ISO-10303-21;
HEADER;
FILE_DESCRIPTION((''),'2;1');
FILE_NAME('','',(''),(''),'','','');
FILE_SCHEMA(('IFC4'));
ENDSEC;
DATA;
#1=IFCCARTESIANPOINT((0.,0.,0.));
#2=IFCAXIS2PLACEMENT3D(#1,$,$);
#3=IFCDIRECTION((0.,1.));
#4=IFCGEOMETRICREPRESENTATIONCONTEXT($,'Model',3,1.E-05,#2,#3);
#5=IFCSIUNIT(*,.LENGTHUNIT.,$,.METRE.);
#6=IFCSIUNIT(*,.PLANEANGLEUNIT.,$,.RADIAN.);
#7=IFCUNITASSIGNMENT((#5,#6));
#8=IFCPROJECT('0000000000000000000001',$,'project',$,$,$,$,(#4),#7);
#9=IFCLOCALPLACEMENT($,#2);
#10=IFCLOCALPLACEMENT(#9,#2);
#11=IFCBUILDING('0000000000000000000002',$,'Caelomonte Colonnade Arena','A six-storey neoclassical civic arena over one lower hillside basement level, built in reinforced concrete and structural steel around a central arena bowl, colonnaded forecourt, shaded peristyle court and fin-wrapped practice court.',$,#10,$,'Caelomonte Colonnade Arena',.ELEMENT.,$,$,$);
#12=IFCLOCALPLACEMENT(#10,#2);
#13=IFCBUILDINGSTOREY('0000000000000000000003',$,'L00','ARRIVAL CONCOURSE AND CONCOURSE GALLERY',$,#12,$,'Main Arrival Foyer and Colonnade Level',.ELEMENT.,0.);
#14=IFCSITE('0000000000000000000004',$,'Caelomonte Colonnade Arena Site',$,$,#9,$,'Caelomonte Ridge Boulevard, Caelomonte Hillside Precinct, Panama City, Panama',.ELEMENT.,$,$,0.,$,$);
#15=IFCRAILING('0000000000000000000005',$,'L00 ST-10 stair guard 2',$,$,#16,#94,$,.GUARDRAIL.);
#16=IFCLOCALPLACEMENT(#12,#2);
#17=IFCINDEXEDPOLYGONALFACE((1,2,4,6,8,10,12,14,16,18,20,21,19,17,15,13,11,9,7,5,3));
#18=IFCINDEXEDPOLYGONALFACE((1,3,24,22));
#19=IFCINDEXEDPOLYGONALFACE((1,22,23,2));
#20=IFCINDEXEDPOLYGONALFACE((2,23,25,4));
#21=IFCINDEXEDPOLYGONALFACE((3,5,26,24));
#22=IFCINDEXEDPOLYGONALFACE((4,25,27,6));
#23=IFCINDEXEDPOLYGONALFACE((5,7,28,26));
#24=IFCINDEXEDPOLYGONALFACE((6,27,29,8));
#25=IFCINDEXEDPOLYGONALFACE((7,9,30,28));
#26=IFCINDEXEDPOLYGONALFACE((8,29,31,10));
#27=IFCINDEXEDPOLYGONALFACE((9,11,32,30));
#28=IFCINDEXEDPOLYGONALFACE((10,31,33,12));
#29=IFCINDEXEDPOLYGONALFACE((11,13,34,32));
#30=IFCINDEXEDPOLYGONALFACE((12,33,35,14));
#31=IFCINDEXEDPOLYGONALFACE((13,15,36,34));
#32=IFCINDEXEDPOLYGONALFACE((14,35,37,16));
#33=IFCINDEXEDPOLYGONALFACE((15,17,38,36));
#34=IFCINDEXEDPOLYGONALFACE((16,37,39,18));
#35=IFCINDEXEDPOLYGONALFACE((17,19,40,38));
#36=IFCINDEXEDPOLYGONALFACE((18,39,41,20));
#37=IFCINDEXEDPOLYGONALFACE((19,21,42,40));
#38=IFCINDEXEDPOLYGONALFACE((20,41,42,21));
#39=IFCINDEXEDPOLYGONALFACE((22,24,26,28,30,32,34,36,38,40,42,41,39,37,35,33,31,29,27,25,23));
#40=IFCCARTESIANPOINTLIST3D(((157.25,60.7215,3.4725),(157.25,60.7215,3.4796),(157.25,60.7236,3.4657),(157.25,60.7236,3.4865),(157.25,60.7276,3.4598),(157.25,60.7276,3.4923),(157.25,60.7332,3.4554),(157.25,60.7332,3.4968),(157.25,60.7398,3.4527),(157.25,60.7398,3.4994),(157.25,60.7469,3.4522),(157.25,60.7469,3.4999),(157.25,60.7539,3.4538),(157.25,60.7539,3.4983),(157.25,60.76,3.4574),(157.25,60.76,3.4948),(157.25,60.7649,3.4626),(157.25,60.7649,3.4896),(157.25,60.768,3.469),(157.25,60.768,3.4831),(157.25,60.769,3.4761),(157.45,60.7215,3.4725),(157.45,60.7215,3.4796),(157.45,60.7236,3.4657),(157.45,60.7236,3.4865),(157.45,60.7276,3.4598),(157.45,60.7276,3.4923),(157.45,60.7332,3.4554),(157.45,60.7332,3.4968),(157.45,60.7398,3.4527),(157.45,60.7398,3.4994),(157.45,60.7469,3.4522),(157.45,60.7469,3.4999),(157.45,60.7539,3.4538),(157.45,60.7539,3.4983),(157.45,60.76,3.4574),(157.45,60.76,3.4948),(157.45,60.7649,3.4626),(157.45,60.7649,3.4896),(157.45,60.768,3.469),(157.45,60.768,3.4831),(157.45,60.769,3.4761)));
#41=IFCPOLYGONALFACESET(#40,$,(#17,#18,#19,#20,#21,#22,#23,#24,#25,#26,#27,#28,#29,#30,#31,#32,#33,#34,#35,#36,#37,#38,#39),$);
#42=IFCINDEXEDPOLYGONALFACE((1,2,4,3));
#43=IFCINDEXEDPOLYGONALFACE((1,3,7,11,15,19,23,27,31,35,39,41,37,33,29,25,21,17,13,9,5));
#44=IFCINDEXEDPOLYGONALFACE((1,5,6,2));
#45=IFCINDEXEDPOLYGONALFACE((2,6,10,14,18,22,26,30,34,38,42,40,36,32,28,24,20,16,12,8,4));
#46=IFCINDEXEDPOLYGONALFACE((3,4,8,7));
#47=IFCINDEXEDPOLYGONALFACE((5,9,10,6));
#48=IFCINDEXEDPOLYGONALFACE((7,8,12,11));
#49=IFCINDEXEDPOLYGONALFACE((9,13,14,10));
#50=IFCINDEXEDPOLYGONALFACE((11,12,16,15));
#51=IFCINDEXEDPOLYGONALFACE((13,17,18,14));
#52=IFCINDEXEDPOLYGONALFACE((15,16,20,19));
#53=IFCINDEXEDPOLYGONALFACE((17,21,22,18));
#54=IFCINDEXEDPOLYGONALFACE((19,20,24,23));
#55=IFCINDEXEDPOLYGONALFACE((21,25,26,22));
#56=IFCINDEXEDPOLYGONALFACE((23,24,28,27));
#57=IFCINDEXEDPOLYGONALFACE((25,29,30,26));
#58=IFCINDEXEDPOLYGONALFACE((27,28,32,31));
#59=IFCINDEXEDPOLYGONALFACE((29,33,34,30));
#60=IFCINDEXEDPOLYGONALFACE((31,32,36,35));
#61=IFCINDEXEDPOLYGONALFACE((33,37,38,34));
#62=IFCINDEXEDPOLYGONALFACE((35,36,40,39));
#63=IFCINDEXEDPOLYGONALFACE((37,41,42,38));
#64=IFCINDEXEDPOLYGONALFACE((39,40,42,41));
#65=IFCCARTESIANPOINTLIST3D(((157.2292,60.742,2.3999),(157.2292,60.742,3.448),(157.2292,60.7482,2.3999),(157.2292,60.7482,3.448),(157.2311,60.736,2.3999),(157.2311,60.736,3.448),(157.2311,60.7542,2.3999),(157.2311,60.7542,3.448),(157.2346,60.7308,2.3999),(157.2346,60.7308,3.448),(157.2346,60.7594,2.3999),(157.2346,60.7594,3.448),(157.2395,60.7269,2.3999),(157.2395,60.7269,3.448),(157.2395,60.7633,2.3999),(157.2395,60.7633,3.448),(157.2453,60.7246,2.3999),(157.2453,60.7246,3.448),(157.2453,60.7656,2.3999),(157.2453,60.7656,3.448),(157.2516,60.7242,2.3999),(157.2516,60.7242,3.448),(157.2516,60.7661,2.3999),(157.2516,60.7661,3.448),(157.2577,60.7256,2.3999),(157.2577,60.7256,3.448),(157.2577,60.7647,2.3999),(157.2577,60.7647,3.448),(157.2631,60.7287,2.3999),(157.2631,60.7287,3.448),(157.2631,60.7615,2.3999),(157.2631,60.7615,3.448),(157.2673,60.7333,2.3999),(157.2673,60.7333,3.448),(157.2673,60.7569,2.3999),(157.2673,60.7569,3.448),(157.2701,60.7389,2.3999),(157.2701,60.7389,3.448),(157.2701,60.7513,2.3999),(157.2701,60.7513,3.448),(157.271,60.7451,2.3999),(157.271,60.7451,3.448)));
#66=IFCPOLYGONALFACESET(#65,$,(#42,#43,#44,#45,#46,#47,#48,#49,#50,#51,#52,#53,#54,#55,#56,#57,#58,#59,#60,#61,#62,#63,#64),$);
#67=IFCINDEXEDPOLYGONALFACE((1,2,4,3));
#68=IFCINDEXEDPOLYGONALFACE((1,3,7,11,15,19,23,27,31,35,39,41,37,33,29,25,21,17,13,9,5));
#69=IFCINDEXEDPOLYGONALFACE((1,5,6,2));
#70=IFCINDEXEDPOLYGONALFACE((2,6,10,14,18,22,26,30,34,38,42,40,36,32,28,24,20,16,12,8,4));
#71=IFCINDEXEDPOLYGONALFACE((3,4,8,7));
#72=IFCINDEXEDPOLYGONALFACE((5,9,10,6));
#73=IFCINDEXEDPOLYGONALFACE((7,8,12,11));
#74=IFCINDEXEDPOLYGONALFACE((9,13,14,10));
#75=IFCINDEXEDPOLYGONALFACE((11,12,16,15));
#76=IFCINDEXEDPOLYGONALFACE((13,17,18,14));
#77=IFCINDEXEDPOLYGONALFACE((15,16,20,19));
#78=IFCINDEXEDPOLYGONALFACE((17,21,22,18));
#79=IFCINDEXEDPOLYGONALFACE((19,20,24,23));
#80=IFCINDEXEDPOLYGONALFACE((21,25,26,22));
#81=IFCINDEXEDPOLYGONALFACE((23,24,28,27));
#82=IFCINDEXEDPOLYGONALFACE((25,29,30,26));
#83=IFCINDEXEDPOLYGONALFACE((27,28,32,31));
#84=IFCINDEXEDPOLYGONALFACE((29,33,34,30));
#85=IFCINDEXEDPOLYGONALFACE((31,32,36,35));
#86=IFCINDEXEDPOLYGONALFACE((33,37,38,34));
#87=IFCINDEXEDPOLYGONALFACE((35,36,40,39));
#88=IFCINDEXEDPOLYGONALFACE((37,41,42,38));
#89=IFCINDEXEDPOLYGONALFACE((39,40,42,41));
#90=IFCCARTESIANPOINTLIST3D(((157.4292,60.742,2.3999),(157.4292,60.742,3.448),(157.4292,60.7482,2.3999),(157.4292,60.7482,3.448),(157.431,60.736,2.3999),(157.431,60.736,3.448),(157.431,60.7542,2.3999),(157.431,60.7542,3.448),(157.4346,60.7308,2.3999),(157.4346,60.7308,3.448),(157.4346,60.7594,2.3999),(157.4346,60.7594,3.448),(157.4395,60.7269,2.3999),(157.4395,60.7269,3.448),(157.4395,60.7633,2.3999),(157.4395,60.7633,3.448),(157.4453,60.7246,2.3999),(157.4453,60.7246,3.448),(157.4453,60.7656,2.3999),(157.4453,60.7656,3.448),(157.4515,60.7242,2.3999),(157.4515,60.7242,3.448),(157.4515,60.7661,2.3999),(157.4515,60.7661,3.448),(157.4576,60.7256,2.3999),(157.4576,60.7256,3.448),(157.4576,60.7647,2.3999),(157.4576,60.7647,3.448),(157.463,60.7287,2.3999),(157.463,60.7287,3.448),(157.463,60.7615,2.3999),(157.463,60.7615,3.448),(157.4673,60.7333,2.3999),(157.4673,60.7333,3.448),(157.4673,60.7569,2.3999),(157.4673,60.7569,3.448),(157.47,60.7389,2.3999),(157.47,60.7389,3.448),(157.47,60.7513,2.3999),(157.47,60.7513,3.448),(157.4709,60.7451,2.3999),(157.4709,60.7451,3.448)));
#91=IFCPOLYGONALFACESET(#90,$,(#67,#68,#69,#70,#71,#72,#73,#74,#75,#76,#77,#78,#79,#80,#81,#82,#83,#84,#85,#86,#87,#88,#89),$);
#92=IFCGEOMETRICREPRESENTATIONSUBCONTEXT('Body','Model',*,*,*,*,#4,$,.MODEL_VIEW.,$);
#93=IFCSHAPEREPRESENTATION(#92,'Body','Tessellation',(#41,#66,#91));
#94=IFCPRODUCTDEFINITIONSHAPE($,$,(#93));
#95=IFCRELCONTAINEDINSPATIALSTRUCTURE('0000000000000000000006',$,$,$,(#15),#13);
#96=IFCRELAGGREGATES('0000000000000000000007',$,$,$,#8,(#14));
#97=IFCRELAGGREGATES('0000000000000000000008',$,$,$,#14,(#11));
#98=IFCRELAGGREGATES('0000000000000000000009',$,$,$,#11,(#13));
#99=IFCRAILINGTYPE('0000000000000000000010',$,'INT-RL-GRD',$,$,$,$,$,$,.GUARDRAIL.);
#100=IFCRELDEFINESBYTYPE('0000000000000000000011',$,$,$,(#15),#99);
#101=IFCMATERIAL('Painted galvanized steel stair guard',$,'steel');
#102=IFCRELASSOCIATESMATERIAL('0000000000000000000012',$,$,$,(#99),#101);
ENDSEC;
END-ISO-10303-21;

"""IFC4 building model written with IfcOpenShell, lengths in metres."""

from ifc_helpers import new_model, si_unit, direction, frame, origin, origin_2d, place, context, subcontext, project, spatial, circle, extrude, material, type_object, element, save


model = new_model("IFC4")

# Units and contexts
model_context = context("Model", 3, precision=1e-05, world=origin(), true_north=direction((0.0, 1.0)))
body_context = subcontext(model_context, "Body", "Model", "MODEL_VIEW")
ifc_project = project(units=[si_unit("LENGTHUNIT", "METRE"), si_unit("PLANEANGLEUNIT", "RADIAN")], contexts=[model_context])

# Site, building, storey
site_placement = place(None, origin())
site = spatial("IfcSite", under=ifc_project, at=site_placement, Name="Caelomonte Colonnade Arena Site", LongName="Caelomonte Ridge Boulevard, Caelomonte Hillside Precinct, Panama City, Panama", CompositionType="ELEMENT", RefElevation=0.0)
building_placement = place(site_placement, origin())
building = spatial("IfcBuilding", under=site, at=building_placement, Name="Caelomonte Colonnade Arena", Description="A six-storey neoclassical civic arena over one lower hillside basement level, built in reinforced concrete and structural steel around a central arena bowl, colonnaded forecourt, shaded peristyle court and fin-wrapped practice court.", LongName="Caelomonte Colonnade Arena", CompositionType="ELEMENT")
storey_placement = place(building_placement, origin())
storey = spatial("IfcBuildingStorey", under=building, at=storey_placement, Name="L00", Description="ARRIVAL CONCOURSE AND CONCOURSE GALLERY", LongName="Main Arrival Foyer and Colonnade Level", CompositionType="ELEMENT", Elevation=0.0)

# Railing
ifc_material_1 = material(Name="Painted galvanized steel stair guard", Category="steel")
railing_type_1 = type_object("IfcRailingType", Name="INT-RL-GRD", PredefinedType="GUARDRAIL", material=ifc_material_1)
railing_1_placement = place(storey_placement, frame((157.25, 60.7451, 2.3999)))
element("IfcRailing", 1, at=railing_1_placement, inside=storey, type_object=railing_type_1, Name="L00 ST-10 stair guard 2", PredefinedType="GUARDRAIL", context=body_context, shape_type="SweptSolid", body=[
    extrude(circle(Radius=0.0239, at=origin_2d()), frame((0.0, 0.0, 1.0762), z_axis=(1.0, 0.0, 0.0), x_axis=(0.0, 1.0, 0.0)), (0.0, 0.0, 1.0), 0.2),
    extrude(circle(Radius=0.021, at=origin_2d()), origin(), (0.0, 0.0, 1.0), 1.0481),
    extrude(circle(Radius=0.021, at=origin_2d()), frame((0.2, 0.0, 0.0)), (0.0, 0.0, 1.0), 1.0481),
])

save(model, "model.ifc")
